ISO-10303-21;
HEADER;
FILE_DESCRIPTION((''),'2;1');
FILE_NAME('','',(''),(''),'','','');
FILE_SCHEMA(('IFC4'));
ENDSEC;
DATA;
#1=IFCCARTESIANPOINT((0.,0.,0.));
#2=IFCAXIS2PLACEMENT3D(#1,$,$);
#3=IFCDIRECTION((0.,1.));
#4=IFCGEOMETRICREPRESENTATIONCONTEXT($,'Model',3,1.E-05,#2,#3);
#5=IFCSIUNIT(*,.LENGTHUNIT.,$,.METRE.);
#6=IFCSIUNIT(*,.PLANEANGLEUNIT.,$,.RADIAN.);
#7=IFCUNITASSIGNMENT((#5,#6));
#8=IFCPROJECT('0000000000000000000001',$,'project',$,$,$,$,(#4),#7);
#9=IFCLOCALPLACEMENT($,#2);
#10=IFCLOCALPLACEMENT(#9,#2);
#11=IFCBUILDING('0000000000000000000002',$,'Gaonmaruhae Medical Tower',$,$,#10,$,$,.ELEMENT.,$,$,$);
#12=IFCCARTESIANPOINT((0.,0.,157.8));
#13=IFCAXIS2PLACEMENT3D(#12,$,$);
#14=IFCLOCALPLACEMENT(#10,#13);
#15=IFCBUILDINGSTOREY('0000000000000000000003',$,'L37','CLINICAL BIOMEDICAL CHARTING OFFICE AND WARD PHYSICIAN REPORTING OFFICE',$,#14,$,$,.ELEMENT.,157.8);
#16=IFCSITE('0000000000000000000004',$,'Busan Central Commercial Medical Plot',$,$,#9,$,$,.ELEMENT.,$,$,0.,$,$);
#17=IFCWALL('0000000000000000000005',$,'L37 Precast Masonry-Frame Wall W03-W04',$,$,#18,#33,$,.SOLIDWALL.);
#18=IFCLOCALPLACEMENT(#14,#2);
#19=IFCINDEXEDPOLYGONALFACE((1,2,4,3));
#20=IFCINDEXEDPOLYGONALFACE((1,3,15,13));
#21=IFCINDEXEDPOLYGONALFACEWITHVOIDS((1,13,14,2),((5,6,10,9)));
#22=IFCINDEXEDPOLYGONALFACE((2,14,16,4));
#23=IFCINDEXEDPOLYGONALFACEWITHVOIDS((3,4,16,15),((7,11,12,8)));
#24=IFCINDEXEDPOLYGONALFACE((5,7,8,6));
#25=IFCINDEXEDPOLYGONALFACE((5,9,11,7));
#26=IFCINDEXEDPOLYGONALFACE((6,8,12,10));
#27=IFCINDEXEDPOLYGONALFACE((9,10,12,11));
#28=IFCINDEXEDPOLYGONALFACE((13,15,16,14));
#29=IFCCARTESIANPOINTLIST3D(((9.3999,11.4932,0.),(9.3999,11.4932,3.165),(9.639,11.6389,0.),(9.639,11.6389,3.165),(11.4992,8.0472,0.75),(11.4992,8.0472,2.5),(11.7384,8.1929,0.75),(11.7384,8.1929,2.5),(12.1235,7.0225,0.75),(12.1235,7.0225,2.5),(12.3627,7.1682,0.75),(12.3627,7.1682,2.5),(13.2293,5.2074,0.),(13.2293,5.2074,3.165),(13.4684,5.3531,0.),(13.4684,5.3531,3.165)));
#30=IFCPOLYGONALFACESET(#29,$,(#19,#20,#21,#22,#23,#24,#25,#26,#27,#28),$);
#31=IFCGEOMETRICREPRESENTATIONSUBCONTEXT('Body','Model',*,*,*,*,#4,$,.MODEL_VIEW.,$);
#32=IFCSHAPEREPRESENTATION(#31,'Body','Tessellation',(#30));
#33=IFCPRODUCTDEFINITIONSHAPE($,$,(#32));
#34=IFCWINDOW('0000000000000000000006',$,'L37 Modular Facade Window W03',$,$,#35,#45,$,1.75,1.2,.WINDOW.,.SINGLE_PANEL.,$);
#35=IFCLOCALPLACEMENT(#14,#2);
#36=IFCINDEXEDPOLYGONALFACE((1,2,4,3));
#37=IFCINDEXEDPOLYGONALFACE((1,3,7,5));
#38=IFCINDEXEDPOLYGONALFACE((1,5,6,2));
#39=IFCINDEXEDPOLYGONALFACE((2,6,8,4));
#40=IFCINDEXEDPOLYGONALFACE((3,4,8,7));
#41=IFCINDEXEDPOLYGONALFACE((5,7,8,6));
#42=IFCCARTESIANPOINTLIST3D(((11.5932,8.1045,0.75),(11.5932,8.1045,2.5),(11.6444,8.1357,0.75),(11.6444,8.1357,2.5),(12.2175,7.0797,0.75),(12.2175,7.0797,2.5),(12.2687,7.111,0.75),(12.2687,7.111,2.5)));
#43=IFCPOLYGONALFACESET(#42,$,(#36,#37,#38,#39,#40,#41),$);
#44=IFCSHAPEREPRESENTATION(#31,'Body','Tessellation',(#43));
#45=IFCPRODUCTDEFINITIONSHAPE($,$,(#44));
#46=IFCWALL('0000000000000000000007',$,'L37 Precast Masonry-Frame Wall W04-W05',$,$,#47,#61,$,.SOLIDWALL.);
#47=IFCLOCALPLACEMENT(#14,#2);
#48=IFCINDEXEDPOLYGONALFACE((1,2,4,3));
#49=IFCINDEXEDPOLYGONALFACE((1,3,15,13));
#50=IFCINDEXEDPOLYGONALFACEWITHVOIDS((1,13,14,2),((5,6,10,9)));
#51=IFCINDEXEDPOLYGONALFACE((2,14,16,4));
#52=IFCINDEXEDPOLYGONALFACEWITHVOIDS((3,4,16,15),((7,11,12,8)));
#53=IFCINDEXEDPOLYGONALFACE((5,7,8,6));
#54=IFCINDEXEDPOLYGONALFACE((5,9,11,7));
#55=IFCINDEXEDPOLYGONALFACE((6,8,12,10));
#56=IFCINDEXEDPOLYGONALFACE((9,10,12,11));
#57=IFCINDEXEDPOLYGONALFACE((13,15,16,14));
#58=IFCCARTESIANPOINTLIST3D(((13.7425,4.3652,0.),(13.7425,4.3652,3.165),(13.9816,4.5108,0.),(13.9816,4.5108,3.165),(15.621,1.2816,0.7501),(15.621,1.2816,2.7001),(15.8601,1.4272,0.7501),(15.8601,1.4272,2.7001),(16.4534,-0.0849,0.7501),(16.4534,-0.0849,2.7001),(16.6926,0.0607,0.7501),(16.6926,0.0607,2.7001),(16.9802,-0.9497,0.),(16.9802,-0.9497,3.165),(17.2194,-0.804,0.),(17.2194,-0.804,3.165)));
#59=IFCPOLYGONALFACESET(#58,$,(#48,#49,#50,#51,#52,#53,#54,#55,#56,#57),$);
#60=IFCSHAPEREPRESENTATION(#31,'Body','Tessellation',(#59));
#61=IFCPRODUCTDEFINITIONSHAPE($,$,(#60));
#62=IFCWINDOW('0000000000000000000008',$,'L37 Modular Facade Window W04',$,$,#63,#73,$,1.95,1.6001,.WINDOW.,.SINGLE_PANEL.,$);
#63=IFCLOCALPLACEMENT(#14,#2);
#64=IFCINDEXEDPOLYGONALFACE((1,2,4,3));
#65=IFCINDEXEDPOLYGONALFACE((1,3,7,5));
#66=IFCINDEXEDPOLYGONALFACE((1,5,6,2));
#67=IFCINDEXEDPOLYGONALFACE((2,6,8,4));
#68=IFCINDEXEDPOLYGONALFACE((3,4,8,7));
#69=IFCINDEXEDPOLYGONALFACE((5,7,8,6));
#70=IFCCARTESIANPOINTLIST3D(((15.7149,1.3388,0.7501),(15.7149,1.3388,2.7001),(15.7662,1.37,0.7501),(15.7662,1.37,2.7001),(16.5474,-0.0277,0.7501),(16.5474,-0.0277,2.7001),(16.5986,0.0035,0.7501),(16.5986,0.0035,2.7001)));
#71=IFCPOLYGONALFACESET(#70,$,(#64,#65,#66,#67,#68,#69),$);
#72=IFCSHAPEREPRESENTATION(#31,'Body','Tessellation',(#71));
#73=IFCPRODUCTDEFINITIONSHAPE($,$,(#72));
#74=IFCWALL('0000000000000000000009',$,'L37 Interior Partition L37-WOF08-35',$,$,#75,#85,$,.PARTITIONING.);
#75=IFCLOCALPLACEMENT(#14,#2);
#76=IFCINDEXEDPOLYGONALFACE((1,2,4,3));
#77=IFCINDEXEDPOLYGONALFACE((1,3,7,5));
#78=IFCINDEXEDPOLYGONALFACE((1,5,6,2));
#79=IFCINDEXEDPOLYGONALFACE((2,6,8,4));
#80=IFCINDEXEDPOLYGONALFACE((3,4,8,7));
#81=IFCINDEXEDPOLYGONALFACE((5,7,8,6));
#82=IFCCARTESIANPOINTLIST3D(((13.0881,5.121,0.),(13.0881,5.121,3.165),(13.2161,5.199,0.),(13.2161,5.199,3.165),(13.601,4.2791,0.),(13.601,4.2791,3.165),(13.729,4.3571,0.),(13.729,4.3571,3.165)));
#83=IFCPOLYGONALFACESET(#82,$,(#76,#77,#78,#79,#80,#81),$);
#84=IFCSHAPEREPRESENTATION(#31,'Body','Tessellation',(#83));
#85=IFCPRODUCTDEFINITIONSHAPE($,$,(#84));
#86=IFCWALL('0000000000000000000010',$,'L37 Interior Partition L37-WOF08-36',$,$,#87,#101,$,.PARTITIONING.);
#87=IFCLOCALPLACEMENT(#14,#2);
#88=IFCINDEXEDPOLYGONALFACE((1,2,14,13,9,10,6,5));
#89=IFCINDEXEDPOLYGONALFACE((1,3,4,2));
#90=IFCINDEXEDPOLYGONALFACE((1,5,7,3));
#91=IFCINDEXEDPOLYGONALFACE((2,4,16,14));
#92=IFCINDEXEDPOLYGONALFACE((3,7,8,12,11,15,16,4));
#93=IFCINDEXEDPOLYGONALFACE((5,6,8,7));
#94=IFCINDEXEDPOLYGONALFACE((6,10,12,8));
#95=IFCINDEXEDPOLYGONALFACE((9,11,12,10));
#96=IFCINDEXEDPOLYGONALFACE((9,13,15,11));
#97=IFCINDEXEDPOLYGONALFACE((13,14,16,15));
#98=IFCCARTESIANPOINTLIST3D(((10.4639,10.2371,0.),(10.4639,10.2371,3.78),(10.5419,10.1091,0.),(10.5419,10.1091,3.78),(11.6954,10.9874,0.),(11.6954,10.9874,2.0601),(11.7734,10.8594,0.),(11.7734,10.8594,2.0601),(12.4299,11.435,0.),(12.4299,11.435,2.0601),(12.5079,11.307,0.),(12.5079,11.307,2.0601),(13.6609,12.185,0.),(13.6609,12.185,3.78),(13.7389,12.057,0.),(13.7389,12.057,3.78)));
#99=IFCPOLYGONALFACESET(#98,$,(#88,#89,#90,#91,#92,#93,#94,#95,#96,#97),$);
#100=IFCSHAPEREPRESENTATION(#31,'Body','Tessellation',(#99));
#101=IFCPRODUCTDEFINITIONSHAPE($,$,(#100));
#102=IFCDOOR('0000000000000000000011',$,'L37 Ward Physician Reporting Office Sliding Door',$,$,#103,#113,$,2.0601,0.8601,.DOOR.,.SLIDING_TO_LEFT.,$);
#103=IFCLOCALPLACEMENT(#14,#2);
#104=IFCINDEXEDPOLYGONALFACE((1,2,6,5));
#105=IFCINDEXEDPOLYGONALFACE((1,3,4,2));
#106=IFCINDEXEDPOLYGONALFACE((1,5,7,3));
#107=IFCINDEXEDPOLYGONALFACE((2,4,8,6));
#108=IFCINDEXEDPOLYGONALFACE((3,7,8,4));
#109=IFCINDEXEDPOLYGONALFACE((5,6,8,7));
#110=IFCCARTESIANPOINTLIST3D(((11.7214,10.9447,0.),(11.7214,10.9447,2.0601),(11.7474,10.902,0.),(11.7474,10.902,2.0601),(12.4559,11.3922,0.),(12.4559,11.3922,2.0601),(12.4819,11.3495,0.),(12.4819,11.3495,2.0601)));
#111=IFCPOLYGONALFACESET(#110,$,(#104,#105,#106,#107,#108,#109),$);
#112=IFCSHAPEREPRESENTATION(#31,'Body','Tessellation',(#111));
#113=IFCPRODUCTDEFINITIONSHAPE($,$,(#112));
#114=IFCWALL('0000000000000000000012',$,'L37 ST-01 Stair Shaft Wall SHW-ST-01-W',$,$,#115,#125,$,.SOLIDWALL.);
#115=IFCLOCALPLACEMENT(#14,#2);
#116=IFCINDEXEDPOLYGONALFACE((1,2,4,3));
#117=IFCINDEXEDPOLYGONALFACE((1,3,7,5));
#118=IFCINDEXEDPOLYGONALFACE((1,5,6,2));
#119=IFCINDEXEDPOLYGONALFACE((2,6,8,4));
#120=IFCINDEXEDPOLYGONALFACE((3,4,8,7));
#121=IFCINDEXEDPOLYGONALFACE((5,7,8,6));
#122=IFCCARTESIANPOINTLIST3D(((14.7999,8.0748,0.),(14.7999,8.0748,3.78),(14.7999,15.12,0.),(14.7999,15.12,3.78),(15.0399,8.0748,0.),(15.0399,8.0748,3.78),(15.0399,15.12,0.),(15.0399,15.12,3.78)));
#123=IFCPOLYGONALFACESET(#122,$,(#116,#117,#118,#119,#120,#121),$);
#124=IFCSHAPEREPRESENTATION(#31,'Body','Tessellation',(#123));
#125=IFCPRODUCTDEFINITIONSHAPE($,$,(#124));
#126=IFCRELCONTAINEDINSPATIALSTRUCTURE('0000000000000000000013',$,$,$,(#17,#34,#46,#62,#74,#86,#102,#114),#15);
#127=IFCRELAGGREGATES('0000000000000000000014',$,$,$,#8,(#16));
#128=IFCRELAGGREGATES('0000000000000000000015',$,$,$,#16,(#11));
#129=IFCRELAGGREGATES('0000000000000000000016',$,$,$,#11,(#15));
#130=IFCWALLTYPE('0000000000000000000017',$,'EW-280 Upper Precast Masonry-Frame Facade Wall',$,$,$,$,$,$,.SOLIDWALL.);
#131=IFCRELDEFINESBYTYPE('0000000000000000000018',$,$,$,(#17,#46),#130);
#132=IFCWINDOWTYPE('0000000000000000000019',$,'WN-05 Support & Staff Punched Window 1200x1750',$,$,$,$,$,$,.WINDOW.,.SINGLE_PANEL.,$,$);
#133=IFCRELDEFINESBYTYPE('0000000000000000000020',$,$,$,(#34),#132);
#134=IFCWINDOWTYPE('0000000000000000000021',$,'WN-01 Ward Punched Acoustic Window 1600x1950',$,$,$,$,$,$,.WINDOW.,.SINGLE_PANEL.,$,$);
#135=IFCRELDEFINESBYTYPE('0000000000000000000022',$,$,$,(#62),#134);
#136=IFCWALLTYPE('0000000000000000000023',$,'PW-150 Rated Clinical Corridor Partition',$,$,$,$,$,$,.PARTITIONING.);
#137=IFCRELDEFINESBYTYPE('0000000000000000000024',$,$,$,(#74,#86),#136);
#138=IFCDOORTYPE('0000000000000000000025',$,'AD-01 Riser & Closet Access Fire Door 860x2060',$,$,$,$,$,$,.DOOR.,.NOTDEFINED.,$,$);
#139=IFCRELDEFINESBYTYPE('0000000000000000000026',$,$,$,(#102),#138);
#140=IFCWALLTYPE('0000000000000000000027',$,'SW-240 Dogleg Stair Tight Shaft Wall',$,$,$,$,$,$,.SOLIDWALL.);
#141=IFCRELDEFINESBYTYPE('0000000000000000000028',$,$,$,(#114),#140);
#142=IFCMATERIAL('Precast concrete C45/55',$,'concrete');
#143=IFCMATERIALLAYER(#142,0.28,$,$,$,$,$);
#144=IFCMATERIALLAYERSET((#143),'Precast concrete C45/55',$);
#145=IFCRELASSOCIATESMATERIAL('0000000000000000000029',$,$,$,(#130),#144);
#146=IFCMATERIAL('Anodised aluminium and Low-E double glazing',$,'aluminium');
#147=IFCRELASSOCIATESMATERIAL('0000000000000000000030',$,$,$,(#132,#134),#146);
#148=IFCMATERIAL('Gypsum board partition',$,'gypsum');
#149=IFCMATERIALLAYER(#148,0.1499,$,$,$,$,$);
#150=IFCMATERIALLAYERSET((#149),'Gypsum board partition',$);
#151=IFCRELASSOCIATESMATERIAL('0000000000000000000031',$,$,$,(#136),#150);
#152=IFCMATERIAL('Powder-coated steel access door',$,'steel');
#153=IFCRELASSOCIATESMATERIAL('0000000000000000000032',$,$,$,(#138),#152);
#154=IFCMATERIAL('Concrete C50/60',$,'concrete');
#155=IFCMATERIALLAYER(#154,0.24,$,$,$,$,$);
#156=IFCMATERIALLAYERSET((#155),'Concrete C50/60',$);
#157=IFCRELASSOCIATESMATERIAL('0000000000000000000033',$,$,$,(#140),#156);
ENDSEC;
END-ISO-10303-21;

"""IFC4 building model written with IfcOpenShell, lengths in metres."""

from ifc_helpers import new_model, si_unit, direction, frame, frame_2d, origin, place, context, subcontext, project, spatial, rectangle, extrude, material, layer, layer_set, type_object, element, fill, save


model = new_model("IFC4")

# Units and contexts
model_context = context("Model", 3, precision=1e-05, world=origin(), true_north=direction((0.0, 1.0)))
body_context = subcontext(model_context, "Body", "Model", "MODEL_VIEW")
ifc_project = project(units=[si_unit("LENGTHUNIT", "METRE"), si_unit("PLANEANGLEUNIT", "RADIAN")], contexts=[model_context])

# Site, building, storey
site_placement = place(None, origin())
site = spatial("IfcSite", under=ifc_project, at=site_placement, Name="Busan Central Commercial Medical Plot", CompositionType="ELEMENT", RefElevation=0.0)
building_placement = place(site_placement, origin())
building = spatial("IfcBuilding", under=site, at=building_placement, Name="Gaonmaruhae Medical Tower", CompositionType="ELEMENT")
storey_placement = place(building_placement, frame((0.0, 0.0, 157.8)))
storey = spatial("IfcBuildingStorey", under=building, at=storey_placement, Name="L37", Description="CLINICAL BIOMEDICAL CHARTING OFFICE AND WARD PHYSICIAN REPORTING OFFICE", CompositionType="ELEMENT", Elevation=157.8)

# Shared definitions
ifc_material_1 = material(Name="Concrete C50/60", Category="concrete")

# Walls, openings, windows
ifc_material_2 = material(Name="Precast concrete C45/55", Category="concrete")
ifc_layer_1 = layer(ifc_material_2, 0.28)
ifc_layer_set_1 = layer_set([ifc_layer_1], Name="Precast concrete C45/55")
wall_type_1 = type_object("IfcWallType", Name="EW-280 Upper Precast Masonry-Frame Facade Wall", PredefinedType="SOLIDWALL", material=ifc_layer_set_1)
wall_1_placement = place(storey_placement, frame((13.3489, 5.2803, 0.0), z_axis=(0.0, 0.0, 1.0), x_axis=(-0.520274, 0.853999, 0.0)))
wall_1 = element("IfcWall", 1, at=wall_1_placement, inside=storey, type_object=wall_type_1, Name="L37 Precast Masonry-Frame Wall W03-W04", PredefinedType="SOLIDWALL", context=body_context, shape_type="SweptSolid", body=[
    extrude(rectangle(XDim=7.3604, YDim=0.28, at=frame_2d((3.6802, 0.0))), origin(), (0.0, 0.0, 1.0), 3.165),
])
opening_1_placement = place(wall_1_placement, frame((2.1252, 0.0, 0.75)))
opening_1 = element("IfcOpeningElement", 2, at=opening_1_placement, cuts=wall_1, PredefinedType="OPENING", context=body_context, shape_type="SweptSolid", body=[
    extrude(rectangle(XDim=1.2, YDim=1.75, at=frame_2d((0.6001, 0.875))), frame((0.0, 0.1499, 0.0), z_axis=(0.0, -1.0, 0.0), x_axis=(1.0, 0.0, 0.0)), (0.0, 0.0, 1.0), 0.3),
])
ifc_material_3 = material(Name="Anodised aluminium and Low-E double glazing", Category="aluminium")
window_type_1 = type_object("IfcWindowType", Name="WN-05 Support & Staff Punched Window 1200x1750", PartitioningType="SINGLE_PANEL", PredefinedType="WINDOW", material=ifc_material_3)
window_1_placement = place(opening_1_placement, origin())
window_1 = element("IfcWindow", 3, at=window_1_placement, inside=storey, type_object=window_type_1, Name="L37 Modular Facade Window W03", OverallHeight=1.75, OverallWidth=1.2, PartitioningType="SINGLE_PANEL", PredefinedType="WINDOW", context=body_context, shape_type="SweptSolid", body=[
    extrude(rectangle(XDim=1.2, YDim=1.75, at=frame_2d((0.6001, 0.875))), frame((0.0, 0.03, 0.0), z_axis=(0.0, -1.0, 0.0), x_axis=(1.0, 0.0, 0.0)), (0.0, 0.0, 1.0), 0.0601),
])
fill(opening_1, window_1)
wall_2_placement = place(storey_placement, frame((17.0999, -0.877, 0.0), z_axis=(0.0, 0.0, 1.0), x_axis=(-0.520253, 0.854012, 0.0)))
wall_2 = element("IfcWall", 4, at=wall_2_placement, inside=storey, type_object=wall_type_1, Name="L37 Precast Masonry-Frame Wall W04-W05", PredefinedType="SOLIDWALL", context=body_context, shape_type="SweptSolid", body=[
    extrude(rectangle(XDim=6.2234, YDim=0.28, at=frame_2d((3.1118, 0.0))), origin(), (0.0, 0.0, 1.0), 3.165),
])
opening_2_placement = place(wall_2_placement, frame((1.0127, 0.0, 0.75)))
opening_2 = element("IfcOpeningElement", 5, at=opening_2_placement, cuts=wall_2, PredefinedType="OPENING", context=body_context, shape_type="SweptSolid", body=[
    extrude(rectangle(XDim=1.6001, YDim=1.95, at=frame_2d((0.8, 0.9751))), frame((0.0, 0.1499, 0.0), z_axis=(0.0, -1.0, 0.0), x_axis=(1.0, 0.0, 0.0)), (0.0, 0.0, 1.0), 0.3),
])
window_type_2 = type_object("IfcWindowType", Name="WN-01 Ward Punched Acoustic Window 1600x1950", PartitioningType="SINGLE_PANEL", PredefinedType="WINDOW", material=ifc_material_3)
window_2_placement = place(opening_2_placement, origin())
window_2 = element("IfcWindow", 6, at=window_2_placement, inside=storey, type_object=window_type_2, Name="L37 Modular Facade Window W04", OverallHeight=1.95, OverallWidth=1.6001, PartitioningType="SINGLE_PANEL", PredefinedType="WINDOW", context=body_context, shape_type="SweptSolid", body=[
    extrude(rectangle(XDim=1.6001, YDim=1.95, at=frame_2d((0.8, 0.9751))), frame((0.0, 0.03, 0.0), z_axis=(0.0, -1.0, 0.0), x_axis=(1.0, 0.0, 0.0)), (0.0, 0.0, 1.0), 0.0601),
])
fill(opening_2, window_2)

# Wall
ifc_material_4 = material(Name="Gypsum board partition", Category="gypsum")
ifc_layer_2 = layer(ifc_material_4, 0.1499)
ifc_layer_set_2 = layer_set([ifc_layer_2], Name="Gypsum board partition")
wall_type_2 = type_object("IfcWallType", Name="PW-150 Rated Clinical Corridor Partition", PredefinedType="PARTITIONING", material=ifc_layer_set_2)
wall_3_placement = place(storey_placement, frame((13.665, 4.3181, 0.0), z_axis=(0.0, 0.0, 1.0), x_axis=(-0.520348, 0.853955, 0.0)))
element("IfcWall", 7, at=wall_3_placement, inside=storey, type_object=wall_type_2, Name="L37 Interior Partition L37-WOF08-35", PredefinedType="PARTITIONING", context=body_context, shape_type="SweptSolid", body=[
    extrude(rectangle(XDim=0.9858, YDim=0.1499, at=frame_2d((0.4929, 0.0))), origin(), (0.0, 0.0, 1.0), 3.165),
])

# Wall, opening, door
wall_4_placement = place(storey_placement, frame((10.5029, 10.1731, 0.0), z_axis=(0.0, 0.0, 1.0), x_axis=(0.853963, 0.520334, 0.0)))
wall_4 = element("IfcWall", 8, at=wall_4_placement, inside=storey, type_object=wall_type_2, Name="L37 Interior Partition L37-WOF08-36", PredefinedType="PARTITIONING", context=body_context, shape_type="SweptSolid", body=[
    extrude(rectangle(XDim=3.7437, YDim=0.1499, at=frame_2d((1.8718, 0.0))), origin(), (0.0, 0.0, 1.0), 3.78),
])
opening_3_placement = place(wall_4_placement, frame((1.4419, 0.0, 0.0)))
opening_3 = element("IfcOpeningElement", 9, at=opening_3_placement, cuts=wall_4, PredefinedType="OPENING", context=body_context, shape_type="SweptSolid", body=[
    extrude(rectangle(XDim=0.8601, YDim=2.0601, at=frame_2d((0.4302, 1.03))), frame((0.0, 0.085, 0.0), z_axis=(0.0, -1.0, 0.0), x_axis=(1.0, 0.0, 0.0)), (0.0, 0.0, 1.0), 0.1699),
])
ifc_material_5 = material(Name="Powder-coated steel access door", Category="steel")
door_type = type_object("IfcDoorType", Name="AD-01 Riser & Closet Access Fire Door 860x2060", OperationType="NOTDEFINED", PredefinedType="DOOR", material=ifc_material_5)
door_placement = place(opening_3_placement, origin())
door = element("IfcDoor", 10, at=door_placement, inside=storey, type_object=door_type, Name="L37 Ward Physician Reporting Office Sliding Door", OperationType="SLIDING_TO_LEFT", OverallHeight=2.0601, OverallWidth=0.8601, PredefinedType="DOOR", context=body_context, shape_type="SweptSolid", body=[
    extrude(rectangle(XDim=0.8601, YDim=2.0601, at=frame_2d((0.4302, 1.03))), frame((0.0, 0.0249, 0.0), z_axis=(0.0, -1.0, 0.0), x_axis=(1.0, 0.0, 0.0)), (0.0, 0.0, 1.0), 0.05),
])
fill(opening_3, door)

# Wall
ifc_layer_3 = layer(ifc_material_1, 0.24)
ifc_layer_set_3 = layer_set([ifc_layer_3], Name="Concrete C50/60")
wall_type_3 = type_object("IfcWallType", Name="SW-240 Dogleg Stair Tight Shaft Wall", PredefinedType="SOLIDWALL", material=ifc_layer_set_3)
wall_5_placement = place(storey_placement, frame((14.9199, 8.075, 0.0), z_axis=(0.0, 0.0, 1.0), x_axis=(0.0, 1.0, 0.0)))
element("IfcWall", 11, at=wall_5_placement, inside=storey, type_object=wall_type_3, Name="L37 ST-01 Stair Shaft Wall SHW-ST-01-W", PredefinedType="SOLIDWALL", context=body_context, shape_type="SweptSolid", body=[
    extrude(rectangle(XDim=7.0452, YDim=0.24, at=frame_2d((3.5225, 0.0))), origin(), (0.0, 0.0, 1.0), 3.78),
])

save(model, "model.ifc")
